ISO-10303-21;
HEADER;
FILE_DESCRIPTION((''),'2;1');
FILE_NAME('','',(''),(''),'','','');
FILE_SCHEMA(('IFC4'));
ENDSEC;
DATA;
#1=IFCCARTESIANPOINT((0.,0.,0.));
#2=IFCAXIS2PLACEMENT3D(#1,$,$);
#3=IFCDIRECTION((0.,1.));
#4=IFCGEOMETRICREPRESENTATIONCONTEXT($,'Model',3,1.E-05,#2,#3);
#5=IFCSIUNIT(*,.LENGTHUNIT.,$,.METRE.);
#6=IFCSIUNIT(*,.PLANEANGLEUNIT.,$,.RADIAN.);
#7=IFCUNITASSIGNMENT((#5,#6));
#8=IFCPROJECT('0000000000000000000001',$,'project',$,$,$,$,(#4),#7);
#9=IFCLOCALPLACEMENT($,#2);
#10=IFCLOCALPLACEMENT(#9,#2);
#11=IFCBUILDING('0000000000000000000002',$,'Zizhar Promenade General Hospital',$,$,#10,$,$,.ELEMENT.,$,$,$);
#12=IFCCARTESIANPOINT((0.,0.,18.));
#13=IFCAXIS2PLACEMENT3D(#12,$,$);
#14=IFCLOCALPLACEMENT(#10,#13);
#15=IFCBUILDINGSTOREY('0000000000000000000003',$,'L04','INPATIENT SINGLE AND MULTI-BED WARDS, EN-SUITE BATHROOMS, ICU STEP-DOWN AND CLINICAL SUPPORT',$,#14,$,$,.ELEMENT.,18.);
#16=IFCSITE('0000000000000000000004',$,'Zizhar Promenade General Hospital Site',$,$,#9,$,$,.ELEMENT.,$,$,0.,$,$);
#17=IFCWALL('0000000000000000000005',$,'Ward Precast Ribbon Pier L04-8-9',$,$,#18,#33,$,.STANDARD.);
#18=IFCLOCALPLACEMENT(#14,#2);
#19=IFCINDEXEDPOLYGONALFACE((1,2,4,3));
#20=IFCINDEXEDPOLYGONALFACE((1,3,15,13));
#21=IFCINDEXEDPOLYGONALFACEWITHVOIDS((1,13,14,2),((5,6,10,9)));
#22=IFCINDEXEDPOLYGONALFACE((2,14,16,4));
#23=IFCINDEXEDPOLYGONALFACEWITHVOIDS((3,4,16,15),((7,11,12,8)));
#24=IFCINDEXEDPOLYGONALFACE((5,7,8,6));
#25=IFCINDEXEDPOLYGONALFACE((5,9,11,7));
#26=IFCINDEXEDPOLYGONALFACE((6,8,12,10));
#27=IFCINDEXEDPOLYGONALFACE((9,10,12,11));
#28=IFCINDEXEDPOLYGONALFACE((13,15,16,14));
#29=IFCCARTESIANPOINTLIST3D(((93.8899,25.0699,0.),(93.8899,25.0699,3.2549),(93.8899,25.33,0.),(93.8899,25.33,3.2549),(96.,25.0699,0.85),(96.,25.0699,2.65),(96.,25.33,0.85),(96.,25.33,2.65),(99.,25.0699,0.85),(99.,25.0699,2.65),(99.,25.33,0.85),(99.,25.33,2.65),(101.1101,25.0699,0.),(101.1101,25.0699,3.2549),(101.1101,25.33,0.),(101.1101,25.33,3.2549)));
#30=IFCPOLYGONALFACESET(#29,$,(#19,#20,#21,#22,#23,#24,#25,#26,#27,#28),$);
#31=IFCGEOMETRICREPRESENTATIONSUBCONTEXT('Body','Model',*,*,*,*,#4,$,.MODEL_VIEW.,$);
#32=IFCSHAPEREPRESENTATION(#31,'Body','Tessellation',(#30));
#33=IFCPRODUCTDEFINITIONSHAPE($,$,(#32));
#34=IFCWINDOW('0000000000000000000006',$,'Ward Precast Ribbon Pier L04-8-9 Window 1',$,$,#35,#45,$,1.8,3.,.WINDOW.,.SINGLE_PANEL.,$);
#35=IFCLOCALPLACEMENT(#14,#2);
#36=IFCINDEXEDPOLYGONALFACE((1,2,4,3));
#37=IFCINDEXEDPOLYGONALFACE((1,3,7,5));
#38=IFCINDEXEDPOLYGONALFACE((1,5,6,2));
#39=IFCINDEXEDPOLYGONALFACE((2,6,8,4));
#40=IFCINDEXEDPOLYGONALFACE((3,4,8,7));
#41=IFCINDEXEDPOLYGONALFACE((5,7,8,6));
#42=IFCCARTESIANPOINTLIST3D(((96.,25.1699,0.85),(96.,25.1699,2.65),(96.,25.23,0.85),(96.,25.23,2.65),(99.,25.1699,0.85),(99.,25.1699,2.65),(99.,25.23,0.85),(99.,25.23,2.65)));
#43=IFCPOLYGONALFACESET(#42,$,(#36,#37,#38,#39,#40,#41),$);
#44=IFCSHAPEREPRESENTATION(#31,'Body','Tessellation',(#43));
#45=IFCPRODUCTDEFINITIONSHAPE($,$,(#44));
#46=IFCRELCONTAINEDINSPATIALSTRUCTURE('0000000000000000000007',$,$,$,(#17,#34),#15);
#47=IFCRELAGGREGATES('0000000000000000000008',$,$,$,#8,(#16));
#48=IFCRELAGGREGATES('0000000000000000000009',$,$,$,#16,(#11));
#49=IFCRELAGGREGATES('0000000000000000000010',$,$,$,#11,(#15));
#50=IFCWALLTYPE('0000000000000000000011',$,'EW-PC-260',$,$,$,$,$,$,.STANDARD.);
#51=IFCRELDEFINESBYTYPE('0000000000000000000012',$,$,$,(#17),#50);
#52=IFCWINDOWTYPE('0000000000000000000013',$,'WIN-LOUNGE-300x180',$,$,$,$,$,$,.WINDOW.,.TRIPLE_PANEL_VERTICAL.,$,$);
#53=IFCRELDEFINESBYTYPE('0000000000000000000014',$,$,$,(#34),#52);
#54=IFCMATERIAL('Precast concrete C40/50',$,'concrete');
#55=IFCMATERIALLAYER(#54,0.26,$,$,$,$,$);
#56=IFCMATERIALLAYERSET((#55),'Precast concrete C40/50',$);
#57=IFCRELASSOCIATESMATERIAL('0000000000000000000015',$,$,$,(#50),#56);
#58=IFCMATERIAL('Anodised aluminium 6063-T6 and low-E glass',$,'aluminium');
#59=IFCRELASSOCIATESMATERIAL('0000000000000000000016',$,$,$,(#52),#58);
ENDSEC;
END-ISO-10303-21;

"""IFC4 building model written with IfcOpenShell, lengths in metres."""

from ifc_helpers import new_model, si_unit, direction, frame, frame_2d, origin, place, context, subcontext, project, spatial, rectangle, extrude, material, layer, layer_set, type_object, element, fill, save


model = new_model("IFC4")

# Units and contexts
model_context = context("Model", 3, precision=1e-05, world=origin(), true_north=direction((0.0, 1.0)))
body_context = subcontext(model_context, "Body", "Model", "MODEL_VIEW")
ifc_project = project(units=[si_unit("LENGTHUNIT", "METRE"), si_unit("PLANEANGLEUNIT", "RADIAN")], contexts=[model_context])

# Site, building, storey
site_placement = place(None, origin())
site = spatial("IfcSite", under=ifc_project, at=site_placement, Name="Zizhar Promenade General Hospital Site", CompositionType="ELEMENT", RefElevation=0.0)
building_placement = place(site_placement, origin())
building = spatial("IfcBuilding", under=site, at=building_placement, Name="Zizhar Promenade General Hospital", CompositionType="ELEMENT")
storey_placement = place(building_placement, frame((0.0, 0.0, 18.0)))
storey = spatial("IfcBuildingStorey", under=building, at=storey_placement, Name="L04", Description="INPATIENT SINGLE AND MULTI-BED WARDS, EN-SUITE BATHROOMS, ICU STEP-DOWN AND CLINICAL SUPPORT", CompositionType="ELEMENT", Elevation=18.0)

# Wall, opening, window
ifc_material_1 = material(Name="Precast concrete C40/50", Category="concrete")
ifc_layer_1 = layer(ifc_material_1, 0.26)
ifc_layer_set_1 = layer_set([ifc_layer_1], Name="Precast concrete C40/50")
wall_type = type_object("IfcWallType", Name="EW-PC-260", PredefinedType="STANDARD", material=ifc_layer_set_1)
wall_placement = place(storey_placement, frame((93.8899, 25.2, 0.0), z_axis=(0.0, 0.0, 1.0), x_axis=(1.0, 0.0, 0.0)))
wall = element("IfcWall", 1, at=wall_placement, inside=storey, type_object=wall_type, Name="Ward Precast Ribbon Pier L04-8-9", PredefinedType="STANDARD", context=body_context, shape_type="SweptSolid", body=[
    extrude(rectangle(XDim=7.2202, YDim=0.26, at=frame_2d((3.6101, 0.0))), origin(), (0.0, 0.0, 1.0), 3.2549),
])
opening_placement = place(wall_placement, frame((2.1101, 0.0, 0.8501)))
opening = element("IfcOpeningElement", 2, at=opening_placement, cuts=wall, PredefinedType="OPENING", context=body_context, shape_type="SweptSolid", body=[
    extrude(rectangle(XDim=3.0, YDim=1.8, at=frame_2d((1.5, 0.8999))), frame((0.0, 0.1401, 0.0), z_axis=(0.0, -1.0, 0.0), x_axis=(1.0, 0.0, 0.0)), (0.0, 0.0, 1.0), 0.28),
])
ifc_material_2 = material(Name="Anodised aluminium 6063-T6 and low-E glass", Category="aluminium")
window_type = type_object("IfcWindowType", Name="WIN-LOUNGE-300x180", PartitioningType="TRIPLE_PANEL_VERTICAL", PredefinedType="WINDOW", material=ifc_material_2)
window_placement = place(opening_placement, origin())
window = element("IfcWindow", 3, at=window_placement, inside=storey, type_object=window_type, Name="Ward Precast Ribbon Pier L04-8-9 Window 1", OverallHeight=1.8, OverallWidth=3.0, PartitioningType="SINGLE_PANEL", PredefinedType="WINDOW", context=body_context, shape_type="SweptSolid", body=[
    extrude(rectangle(XDim=3.0, YDim=1.8, at=frame_2d((1.5, 0.8999))), frame((0.0, 0.03, 0.0), z_axis=(0.0, -1.0, 0.0), x_axis=(1.0, 0.0, 0.0)), (0.0, 0.0, 1.0), 0.0601),
])
fill(opening, window)

save(model, "model.ifc")
